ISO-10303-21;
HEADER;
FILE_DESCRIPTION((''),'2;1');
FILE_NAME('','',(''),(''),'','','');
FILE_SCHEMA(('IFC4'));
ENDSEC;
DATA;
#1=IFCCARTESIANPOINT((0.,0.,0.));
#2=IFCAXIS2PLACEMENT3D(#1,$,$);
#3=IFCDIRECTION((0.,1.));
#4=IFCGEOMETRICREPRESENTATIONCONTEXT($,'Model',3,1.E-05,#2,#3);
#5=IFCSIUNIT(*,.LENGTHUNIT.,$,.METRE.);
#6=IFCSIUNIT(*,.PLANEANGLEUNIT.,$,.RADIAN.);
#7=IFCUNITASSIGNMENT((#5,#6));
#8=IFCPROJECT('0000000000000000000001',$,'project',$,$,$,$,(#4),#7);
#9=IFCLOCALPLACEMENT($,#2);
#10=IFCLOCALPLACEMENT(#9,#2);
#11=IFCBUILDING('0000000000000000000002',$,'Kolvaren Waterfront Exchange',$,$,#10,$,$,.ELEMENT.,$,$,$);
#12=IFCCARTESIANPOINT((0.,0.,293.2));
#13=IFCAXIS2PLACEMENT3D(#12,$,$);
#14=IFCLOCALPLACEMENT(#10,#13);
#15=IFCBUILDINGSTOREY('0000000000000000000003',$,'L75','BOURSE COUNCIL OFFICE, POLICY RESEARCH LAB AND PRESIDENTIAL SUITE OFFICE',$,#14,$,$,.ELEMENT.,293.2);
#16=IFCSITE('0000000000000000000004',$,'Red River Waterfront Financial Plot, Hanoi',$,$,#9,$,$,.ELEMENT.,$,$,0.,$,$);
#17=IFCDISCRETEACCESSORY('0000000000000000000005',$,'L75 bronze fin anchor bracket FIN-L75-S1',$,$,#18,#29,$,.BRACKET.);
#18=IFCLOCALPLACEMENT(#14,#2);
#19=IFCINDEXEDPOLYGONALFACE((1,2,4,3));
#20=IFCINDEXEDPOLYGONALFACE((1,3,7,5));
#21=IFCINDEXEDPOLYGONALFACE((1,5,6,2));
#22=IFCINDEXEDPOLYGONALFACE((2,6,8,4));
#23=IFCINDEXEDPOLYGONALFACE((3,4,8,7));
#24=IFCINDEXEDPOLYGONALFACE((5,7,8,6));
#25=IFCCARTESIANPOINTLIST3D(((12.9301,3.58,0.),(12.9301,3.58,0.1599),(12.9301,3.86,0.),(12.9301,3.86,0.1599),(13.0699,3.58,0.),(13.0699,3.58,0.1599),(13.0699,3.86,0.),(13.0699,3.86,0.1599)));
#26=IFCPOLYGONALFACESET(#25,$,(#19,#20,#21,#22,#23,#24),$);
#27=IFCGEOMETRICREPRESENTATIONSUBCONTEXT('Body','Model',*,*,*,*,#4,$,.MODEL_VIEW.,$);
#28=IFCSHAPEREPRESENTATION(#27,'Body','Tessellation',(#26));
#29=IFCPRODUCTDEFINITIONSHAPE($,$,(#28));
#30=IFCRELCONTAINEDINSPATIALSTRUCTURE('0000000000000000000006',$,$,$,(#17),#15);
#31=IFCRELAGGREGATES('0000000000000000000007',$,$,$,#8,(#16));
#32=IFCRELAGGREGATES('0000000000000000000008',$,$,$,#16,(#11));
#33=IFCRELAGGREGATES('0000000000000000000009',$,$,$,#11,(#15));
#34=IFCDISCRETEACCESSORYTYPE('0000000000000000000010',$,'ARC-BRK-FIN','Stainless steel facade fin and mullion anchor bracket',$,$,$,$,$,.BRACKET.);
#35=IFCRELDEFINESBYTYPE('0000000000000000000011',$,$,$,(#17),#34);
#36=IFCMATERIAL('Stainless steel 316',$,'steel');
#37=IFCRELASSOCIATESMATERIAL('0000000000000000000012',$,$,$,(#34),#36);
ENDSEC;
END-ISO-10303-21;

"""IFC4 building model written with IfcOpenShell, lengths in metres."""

from ifc_helpers import new_model, si_unit, direction, frame, origin, origin_with_axes, origin_2d, place, context, subcontext, project, spatial, rectangle, extrude, source, transform, mapped, material, type_object, element, save


model = new_model("IFC4")

# Units and contexts
model_context = context("Model", 3, precision=1e-05, world=origin(), true_north=direction((0.0, 1.0)))
body_context = subcontext(model_context, "Body", "Model", "MODEL_VIEW")
ifc_project = project(units=[si_unit("LENGTHUNIT", "METRE"), si_unit("PLANEANGLEUNIT", "RADIAN")], contexts=[model_context])

# Site, building, storey
site_placement = place(None, origin())
site = spatial("IfcSite", under=ifc_project, at=site_placement, Name="Red River Waterfront Financial Plot, Hanoi", CompositionType="ELEMENT", RefElevation=0.0)
building_placement = place(site_placement, origin())
building = spatial("IfcBuilding", under=site, at=building_placement, Name="Kolvaren Waterfront Exchange", CompositionType="ELEMENT")
storey_placement = place(building_placement, frame((0.0, 0.0, 293.2)))
storey = spatial("IfcBuildingStorey", under=building, at=storey_placement, Name="L75", Description="BOURSE COUNCIL OFFICE, POLICY RESEARCH LAB AND PRESIDENTIAL SUITE OFFICE", CompositionType="ELEMENT", Elevation=293.2)

# Discrete accessory
ifc_material_1 = material(Name="Stainless steel 316", Category="steel")
discrete_accessory_type = type_object("IfcDiscreteAccessoryType", Name="ARC-BRK-FIN", Description="Stainless steel facade fin and mullion anchor bracket", PredefinedType="BRACKET", material=ifc_material_1)
shared_shape_1 = source(origin_with_axes(), body_context, "Body", "SweptSolid", [
    extrude(rectangle(XDim=0.28, YDim=0.1399, at=origin_2d()), origin(), (0.0, 0.0, 1.0), 0.1599),
])
discrete_accessory_placement = place(storey_placement, frame((13.0, 3.72, 0.0), z_axis=(0.0, 0.0, 1.0), x_axis=(0.0, -1.0, 0.0)))
element("IfcDiscreteAccessory", 1, at=discrete_accessory_placement, inside=storey, type_object=discrete_accessory_type, Name="L75 bronze fin anchor bracket FIN-L75-S1", PredefinedType="BRACKET", context=body_context, shape_type="MappedRepresentation", body=[
    mapped(shared_shape_1, transform((0.0, 0.0, 0.0), x_axis=(1.0, 0.0, 0.0), y_axis=(0.0, 1.0, 0.0), z_axis=(0.0, 0.0, 1.0), scale=1.0)),
])

save(model, "model.ifc")
